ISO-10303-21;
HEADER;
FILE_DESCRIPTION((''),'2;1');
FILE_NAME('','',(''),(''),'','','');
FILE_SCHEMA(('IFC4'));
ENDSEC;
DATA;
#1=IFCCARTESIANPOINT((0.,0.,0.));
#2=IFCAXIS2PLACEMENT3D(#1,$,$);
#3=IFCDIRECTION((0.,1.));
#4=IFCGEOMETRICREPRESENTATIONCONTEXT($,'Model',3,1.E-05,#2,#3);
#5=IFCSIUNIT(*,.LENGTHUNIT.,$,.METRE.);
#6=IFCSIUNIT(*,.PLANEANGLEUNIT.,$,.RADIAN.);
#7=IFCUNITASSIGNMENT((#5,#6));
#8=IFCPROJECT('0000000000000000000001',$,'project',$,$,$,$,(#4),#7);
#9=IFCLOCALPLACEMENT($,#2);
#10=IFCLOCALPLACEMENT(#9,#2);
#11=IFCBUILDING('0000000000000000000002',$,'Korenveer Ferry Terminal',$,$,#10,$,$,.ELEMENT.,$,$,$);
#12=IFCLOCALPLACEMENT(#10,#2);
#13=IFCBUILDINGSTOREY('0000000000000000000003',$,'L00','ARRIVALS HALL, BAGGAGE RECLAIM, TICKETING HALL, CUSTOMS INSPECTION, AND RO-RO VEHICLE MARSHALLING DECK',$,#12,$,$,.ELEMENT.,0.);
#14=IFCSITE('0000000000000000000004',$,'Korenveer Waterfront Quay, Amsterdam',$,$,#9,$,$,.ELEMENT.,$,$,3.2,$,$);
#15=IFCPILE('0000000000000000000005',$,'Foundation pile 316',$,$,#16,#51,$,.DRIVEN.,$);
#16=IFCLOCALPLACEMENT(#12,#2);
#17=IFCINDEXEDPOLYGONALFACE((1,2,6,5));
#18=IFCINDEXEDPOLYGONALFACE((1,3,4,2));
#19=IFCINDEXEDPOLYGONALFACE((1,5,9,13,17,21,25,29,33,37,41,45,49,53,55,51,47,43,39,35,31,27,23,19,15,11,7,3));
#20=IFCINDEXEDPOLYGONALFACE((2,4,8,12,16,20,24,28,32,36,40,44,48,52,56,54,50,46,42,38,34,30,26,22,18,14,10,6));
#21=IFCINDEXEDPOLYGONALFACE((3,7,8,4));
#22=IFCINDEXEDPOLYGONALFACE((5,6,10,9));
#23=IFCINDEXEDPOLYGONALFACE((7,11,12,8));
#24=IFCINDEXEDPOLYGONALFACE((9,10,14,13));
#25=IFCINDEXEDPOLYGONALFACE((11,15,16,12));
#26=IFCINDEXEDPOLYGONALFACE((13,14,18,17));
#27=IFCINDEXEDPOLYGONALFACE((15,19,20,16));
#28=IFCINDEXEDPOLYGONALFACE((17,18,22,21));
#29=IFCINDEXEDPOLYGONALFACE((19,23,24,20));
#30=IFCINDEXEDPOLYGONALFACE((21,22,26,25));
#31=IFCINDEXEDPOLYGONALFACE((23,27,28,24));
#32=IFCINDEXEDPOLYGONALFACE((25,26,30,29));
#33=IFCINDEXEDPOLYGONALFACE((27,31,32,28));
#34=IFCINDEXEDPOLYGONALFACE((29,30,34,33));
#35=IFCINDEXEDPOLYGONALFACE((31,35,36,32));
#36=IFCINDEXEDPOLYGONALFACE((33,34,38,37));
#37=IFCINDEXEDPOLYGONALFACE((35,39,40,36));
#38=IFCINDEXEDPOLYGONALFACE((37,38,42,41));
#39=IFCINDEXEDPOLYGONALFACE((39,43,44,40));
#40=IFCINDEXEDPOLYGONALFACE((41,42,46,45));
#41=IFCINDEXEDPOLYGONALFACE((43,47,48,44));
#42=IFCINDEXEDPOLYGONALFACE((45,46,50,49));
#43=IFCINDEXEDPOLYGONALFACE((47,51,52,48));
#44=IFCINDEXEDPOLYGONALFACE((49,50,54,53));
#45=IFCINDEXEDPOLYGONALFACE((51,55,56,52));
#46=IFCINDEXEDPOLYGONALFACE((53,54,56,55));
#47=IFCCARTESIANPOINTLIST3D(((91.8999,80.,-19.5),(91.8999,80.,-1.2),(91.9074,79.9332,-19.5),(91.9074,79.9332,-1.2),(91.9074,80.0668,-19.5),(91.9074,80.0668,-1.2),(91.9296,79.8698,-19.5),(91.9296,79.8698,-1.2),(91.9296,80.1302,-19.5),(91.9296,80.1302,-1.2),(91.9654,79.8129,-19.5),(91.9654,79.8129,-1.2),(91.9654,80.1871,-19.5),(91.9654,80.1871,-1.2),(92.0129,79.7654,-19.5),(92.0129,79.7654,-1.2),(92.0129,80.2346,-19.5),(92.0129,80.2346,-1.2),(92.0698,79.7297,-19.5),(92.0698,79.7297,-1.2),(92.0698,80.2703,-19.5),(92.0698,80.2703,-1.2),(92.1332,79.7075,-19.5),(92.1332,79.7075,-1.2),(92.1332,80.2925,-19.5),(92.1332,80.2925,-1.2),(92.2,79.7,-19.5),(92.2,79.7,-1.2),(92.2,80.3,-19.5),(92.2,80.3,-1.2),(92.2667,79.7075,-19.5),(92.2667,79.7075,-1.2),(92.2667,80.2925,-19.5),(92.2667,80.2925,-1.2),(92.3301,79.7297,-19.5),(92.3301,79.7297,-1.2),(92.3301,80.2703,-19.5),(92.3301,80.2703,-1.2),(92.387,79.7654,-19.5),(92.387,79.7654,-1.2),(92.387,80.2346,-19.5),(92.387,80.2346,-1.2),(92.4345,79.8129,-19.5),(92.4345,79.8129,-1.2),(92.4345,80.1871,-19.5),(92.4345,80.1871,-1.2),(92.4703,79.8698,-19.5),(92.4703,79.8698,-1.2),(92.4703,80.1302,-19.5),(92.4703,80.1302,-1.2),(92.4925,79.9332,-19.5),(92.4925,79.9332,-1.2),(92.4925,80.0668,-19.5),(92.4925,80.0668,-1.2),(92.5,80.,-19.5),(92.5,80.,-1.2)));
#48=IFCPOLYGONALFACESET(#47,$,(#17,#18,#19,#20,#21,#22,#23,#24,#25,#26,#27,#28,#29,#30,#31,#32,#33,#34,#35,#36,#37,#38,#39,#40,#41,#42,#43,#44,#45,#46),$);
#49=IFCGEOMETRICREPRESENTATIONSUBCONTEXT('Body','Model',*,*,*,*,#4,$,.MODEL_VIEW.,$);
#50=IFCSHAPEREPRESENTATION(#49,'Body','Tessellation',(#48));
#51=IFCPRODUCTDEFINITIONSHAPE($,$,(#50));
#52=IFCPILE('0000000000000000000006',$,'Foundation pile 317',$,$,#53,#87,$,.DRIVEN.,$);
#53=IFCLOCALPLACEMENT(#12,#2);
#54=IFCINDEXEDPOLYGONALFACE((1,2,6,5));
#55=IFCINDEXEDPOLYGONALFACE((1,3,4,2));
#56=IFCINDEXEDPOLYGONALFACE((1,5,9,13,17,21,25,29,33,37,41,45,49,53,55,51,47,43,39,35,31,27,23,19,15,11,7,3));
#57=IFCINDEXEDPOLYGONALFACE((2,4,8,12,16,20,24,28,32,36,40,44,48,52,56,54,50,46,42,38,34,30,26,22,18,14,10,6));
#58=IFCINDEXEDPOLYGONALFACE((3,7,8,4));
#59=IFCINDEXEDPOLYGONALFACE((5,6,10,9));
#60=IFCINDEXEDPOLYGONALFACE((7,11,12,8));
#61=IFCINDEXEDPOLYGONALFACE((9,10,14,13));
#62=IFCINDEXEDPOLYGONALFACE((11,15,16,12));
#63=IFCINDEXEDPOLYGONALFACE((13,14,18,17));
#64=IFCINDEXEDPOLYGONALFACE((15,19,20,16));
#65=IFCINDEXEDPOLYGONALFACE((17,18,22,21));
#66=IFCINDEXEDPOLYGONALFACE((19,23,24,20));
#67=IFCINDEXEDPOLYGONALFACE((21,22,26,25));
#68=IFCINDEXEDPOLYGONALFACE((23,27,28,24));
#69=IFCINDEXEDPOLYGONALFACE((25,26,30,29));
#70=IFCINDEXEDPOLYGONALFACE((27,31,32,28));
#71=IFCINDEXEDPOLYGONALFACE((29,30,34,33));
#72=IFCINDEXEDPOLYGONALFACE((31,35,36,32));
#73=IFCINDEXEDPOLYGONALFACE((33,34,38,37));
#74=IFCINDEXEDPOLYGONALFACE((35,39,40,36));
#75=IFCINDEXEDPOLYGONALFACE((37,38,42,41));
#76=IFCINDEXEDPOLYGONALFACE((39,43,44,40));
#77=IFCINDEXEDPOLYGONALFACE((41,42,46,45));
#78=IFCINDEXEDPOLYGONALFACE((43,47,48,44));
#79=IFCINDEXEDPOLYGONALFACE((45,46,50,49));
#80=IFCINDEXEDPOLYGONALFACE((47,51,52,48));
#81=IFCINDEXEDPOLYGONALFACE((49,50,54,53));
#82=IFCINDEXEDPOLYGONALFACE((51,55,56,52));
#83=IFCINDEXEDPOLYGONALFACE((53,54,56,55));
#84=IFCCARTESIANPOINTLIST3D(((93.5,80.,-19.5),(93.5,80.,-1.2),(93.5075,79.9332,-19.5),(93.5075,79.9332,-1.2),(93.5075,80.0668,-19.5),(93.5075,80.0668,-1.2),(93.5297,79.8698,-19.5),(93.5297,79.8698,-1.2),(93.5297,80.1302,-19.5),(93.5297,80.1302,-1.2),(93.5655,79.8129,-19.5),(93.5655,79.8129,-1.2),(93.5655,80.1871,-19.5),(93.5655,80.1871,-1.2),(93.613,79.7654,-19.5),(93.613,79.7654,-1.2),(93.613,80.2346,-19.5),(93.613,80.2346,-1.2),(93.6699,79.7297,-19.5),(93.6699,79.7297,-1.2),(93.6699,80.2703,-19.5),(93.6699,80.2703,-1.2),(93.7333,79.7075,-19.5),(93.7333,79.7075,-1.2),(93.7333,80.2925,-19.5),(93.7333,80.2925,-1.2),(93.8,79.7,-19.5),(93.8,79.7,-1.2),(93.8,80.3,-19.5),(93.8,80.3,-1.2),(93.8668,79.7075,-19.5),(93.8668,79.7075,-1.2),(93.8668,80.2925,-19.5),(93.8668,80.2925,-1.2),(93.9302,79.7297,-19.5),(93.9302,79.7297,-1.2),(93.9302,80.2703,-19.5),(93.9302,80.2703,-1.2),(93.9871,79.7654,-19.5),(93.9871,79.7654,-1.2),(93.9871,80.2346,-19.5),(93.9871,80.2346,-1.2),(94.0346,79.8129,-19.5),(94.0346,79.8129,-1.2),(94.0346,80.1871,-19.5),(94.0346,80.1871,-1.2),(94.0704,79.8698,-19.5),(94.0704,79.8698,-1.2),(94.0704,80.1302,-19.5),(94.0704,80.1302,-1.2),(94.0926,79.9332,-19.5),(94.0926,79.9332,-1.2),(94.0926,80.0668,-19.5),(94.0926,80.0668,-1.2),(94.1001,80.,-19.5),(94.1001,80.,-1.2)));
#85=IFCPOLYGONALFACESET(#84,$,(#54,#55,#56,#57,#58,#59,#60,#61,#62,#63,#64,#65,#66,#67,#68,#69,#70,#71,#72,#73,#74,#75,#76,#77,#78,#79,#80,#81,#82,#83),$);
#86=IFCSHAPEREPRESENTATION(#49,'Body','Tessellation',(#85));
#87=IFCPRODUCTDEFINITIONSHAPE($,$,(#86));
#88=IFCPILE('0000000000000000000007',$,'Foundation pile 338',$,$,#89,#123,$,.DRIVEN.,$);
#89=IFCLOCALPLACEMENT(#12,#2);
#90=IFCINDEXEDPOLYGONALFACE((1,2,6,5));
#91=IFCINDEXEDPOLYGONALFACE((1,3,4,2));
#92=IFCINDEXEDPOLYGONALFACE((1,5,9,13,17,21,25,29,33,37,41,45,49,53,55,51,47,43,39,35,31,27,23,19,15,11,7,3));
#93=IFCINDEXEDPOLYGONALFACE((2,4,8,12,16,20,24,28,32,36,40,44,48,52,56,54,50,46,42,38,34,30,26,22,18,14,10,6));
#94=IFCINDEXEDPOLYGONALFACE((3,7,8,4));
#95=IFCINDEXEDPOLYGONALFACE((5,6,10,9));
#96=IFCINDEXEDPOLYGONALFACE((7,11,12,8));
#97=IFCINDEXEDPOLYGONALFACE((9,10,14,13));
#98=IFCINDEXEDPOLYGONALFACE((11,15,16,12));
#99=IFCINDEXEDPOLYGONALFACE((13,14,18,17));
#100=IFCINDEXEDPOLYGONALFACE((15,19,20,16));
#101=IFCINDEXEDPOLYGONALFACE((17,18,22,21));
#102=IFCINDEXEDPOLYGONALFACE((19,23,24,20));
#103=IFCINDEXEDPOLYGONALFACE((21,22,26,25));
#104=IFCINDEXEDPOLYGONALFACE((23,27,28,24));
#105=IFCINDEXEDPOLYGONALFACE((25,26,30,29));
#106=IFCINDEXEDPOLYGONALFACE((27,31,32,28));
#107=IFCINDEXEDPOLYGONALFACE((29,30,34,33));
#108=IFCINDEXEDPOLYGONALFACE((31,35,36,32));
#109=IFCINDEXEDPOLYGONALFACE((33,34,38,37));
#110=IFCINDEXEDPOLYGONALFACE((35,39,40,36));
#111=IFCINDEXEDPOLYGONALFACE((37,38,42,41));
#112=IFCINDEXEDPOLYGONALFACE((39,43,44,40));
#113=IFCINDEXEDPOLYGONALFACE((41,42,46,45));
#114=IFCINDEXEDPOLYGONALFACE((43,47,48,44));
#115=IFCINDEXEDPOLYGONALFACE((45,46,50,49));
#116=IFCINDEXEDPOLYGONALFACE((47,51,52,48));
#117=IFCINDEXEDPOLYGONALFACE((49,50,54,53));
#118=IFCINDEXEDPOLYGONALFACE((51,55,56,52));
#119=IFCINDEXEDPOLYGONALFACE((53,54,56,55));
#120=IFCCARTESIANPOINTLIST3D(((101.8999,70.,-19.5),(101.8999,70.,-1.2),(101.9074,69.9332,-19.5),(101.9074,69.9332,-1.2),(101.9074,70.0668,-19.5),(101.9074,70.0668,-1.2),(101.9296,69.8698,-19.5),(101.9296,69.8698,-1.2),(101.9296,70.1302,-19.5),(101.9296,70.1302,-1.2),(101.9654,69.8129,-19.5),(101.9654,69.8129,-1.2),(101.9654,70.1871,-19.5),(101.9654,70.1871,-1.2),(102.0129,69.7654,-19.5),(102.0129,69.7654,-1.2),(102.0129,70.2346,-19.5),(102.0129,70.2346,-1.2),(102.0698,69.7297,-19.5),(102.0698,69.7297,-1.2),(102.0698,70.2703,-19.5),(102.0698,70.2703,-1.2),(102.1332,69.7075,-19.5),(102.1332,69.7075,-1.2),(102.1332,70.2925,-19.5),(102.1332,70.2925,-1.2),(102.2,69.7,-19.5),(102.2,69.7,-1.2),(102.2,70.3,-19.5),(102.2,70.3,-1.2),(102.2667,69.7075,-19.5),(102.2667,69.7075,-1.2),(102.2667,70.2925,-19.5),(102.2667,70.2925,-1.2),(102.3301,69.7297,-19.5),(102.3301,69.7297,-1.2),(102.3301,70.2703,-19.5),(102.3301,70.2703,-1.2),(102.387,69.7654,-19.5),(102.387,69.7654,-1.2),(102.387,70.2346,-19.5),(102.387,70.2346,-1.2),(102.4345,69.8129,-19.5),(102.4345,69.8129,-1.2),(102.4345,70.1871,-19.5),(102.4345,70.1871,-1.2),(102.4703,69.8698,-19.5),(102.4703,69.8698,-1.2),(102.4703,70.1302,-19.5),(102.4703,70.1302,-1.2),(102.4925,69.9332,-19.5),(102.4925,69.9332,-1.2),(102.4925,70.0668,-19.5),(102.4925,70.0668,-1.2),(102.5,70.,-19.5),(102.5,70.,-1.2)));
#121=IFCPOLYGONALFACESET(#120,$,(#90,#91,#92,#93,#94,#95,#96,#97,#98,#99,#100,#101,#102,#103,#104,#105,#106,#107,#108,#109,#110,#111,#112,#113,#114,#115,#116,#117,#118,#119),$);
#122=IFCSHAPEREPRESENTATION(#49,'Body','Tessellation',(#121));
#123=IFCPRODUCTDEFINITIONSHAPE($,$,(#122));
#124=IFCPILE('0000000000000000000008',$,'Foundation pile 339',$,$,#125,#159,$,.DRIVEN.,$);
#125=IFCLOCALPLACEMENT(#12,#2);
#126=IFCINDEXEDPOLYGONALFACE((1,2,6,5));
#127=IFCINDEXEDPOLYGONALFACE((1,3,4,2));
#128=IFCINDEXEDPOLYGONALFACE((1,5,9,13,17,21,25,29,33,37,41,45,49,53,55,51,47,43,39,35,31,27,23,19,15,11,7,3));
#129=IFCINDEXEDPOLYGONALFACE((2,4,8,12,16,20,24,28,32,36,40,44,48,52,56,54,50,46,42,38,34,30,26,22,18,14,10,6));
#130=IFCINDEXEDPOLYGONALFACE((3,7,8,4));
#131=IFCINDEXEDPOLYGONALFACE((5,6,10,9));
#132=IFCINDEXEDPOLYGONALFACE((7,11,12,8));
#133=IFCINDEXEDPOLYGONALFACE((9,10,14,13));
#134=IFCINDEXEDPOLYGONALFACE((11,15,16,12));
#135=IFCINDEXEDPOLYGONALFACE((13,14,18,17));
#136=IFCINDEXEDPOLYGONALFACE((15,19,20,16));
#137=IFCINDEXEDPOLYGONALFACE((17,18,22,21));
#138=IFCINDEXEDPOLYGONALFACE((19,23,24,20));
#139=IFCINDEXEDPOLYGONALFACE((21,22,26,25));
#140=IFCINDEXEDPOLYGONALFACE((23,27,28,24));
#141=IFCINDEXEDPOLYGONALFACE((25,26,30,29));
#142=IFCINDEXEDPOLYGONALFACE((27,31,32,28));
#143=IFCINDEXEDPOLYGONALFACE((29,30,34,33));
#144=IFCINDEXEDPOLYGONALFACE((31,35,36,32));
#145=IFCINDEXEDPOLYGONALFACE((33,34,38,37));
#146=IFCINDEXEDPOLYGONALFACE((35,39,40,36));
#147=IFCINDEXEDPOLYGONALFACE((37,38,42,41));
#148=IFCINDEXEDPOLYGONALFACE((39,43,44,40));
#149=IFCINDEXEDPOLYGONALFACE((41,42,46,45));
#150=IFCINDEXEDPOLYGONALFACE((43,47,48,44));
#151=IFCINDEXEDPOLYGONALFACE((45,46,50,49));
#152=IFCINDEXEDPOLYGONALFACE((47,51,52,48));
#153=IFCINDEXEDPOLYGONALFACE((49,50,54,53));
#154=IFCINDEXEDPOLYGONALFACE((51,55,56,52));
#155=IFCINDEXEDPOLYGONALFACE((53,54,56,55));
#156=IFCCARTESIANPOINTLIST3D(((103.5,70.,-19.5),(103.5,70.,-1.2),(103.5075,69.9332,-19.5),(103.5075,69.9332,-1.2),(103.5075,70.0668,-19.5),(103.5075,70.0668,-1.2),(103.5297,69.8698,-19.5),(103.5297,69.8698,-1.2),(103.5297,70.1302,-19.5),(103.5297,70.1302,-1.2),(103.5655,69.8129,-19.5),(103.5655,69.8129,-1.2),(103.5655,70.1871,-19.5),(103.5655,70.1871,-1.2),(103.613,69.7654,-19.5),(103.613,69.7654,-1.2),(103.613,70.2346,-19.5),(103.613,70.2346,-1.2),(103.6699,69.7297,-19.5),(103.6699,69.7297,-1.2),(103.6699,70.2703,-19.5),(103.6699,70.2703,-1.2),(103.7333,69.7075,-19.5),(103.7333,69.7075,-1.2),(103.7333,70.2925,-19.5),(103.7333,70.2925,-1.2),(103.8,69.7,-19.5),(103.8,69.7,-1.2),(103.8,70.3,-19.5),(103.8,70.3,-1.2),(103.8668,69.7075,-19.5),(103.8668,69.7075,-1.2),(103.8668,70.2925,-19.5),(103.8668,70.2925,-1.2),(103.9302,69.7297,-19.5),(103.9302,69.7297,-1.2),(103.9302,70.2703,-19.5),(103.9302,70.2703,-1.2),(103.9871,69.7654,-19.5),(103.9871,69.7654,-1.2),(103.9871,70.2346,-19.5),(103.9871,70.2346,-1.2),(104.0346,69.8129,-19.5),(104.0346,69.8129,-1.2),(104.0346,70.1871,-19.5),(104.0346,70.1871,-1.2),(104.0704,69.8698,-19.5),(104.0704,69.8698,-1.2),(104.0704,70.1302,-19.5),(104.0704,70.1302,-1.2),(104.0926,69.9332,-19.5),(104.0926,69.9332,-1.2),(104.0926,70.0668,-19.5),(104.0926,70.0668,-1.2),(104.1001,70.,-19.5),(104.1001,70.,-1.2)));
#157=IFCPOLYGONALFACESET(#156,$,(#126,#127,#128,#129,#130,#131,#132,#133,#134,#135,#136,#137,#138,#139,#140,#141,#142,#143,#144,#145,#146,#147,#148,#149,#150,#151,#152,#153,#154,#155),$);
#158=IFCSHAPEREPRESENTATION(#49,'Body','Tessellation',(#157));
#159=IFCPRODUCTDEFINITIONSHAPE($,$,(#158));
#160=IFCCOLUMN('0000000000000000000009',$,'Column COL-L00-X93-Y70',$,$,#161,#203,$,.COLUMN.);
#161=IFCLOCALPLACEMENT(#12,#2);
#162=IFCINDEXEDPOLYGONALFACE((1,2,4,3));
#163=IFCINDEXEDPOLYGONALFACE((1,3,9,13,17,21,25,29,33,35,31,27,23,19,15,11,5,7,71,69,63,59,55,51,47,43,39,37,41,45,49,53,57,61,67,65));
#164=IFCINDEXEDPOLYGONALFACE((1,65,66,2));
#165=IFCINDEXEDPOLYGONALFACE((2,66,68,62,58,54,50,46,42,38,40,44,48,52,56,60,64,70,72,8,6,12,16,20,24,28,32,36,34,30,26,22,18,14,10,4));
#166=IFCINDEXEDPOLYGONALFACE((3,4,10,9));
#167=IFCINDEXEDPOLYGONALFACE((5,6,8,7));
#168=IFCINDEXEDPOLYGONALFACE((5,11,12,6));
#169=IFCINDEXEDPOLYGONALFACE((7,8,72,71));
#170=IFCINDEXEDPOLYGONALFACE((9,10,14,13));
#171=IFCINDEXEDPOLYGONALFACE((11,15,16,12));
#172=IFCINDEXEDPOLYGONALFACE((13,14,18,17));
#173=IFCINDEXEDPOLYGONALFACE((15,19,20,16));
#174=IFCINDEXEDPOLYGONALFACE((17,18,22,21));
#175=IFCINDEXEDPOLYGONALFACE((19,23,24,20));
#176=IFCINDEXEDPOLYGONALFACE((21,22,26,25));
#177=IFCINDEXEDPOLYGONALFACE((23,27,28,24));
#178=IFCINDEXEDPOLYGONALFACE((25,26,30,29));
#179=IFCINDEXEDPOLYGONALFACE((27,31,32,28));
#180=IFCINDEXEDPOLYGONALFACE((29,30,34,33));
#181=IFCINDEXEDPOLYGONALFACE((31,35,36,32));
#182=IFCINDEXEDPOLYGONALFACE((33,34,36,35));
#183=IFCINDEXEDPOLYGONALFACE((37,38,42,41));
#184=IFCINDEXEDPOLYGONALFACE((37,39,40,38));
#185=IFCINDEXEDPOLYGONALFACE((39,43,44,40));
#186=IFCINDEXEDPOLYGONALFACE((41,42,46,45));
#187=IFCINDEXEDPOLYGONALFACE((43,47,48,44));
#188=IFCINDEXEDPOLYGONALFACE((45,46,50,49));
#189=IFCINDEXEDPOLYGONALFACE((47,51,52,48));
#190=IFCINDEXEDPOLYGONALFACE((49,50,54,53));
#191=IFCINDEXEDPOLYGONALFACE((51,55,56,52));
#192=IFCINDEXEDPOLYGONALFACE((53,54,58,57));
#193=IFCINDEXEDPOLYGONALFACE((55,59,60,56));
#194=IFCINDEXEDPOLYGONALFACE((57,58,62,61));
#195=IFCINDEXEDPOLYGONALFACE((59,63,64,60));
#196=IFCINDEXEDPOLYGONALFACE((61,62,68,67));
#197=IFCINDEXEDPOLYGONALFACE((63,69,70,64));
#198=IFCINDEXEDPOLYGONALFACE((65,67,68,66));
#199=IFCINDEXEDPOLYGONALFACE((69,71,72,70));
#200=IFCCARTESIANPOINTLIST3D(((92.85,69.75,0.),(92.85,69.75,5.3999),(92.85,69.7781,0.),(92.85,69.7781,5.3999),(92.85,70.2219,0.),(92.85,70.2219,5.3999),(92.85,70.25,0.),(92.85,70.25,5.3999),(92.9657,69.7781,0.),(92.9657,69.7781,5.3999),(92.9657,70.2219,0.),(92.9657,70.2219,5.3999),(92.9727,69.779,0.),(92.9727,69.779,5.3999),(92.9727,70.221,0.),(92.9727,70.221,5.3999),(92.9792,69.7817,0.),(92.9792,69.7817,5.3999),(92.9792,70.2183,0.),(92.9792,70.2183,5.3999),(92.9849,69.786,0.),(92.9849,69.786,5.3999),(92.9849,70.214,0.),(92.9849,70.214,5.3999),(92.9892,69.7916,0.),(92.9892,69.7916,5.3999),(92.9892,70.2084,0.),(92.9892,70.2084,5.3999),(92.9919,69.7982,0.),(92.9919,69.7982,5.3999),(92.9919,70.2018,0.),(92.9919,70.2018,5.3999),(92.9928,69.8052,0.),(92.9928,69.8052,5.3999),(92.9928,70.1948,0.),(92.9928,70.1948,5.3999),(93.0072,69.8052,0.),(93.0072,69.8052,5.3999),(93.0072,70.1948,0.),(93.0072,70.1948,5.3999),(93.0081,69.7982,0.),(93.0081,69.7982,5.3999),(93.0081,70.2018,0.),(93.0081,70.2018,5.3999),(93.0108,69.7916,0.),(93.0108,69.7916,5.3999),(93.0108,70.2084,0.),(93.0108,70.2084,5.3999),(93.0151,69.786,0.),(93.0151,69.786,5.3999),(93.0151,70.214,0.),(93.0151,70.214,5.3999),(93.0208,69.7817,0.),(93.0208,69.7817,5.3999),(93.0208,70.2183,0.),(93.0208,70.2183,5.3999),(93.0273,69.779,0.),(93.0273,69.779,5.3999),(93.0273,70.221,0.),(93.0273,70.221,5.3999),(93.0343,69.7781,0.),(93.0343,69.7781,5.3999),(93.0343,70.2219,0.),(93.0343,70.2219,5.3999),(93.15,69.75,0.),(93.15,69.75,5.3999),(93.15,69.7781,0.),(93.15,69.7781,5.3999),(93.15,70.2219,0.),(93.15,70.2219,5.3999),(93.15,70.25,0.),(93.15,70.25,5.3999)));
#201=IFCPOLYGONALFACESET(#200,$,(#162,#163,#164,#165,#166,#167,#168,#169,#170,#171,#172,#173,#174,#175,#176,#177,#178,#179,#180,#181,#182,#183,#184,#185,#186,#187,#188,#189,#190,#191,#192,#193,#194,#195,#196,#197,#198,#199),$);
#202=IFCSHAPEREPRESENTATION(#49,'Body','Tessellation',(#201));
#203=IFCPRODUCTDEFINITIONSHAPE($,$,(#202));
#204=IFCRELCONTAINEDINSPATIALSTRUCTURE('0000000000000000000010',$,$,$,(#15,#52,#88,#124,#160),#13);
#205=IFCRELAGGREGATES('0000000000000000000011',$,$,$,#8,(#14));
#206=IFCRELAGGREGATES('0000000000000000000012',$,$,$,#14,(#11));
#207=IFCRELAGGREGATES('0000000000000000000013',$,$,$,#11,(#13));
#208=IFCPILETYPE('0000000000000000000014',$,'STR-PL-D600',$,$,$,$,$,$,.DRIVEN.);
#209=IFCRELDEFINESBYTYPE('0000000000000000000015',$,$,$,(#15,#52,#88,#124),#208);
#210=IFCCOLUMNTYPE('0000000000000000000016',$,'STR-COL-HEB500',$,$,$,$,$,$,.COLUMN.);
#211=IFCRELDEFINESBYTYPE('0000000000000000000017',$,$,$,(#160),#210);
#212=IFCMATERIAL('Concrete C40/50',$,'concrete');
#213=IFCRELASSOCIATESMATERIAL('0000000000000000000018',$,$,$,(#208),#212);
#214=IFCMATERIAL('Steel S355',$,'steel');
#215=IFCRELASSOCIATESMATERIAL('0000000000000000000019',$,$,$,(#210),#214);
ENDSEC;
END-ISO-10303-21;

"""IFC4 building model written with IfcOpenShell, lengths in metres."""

from ifc_helpers import new_model, si_unit, direction, frame, origin, origin_2d, place, context, subcontext, project, spatial, circle, i_section, extrude, material, material_profile, profile_set, type_object, element, save


model = new_model("IFC4")

# Units and contexts
model_context = context("Model", 3, precision=1e-05, world=origin(), true_north=direction((0.0, 1.0)))
body_context = subcontext(model_context, "Body", "Model", "MODEL_VIEW")
ifc_project = project(units=[si_unit("LENGTHUNIT", "METRE"), si_unit("PLANEANGLEUNIT", "RADIAN")], contexts=[model_context])

# Site, building, storey
site_placement = place(None, origin())
site = spatial("IfcSite", under=ifc_project, at=site_placement, Name="Korenveer Waterfront Quay, Amsterdam", CompositionType="ELEMENT", RefElevation=3.2)
building_placement = place(site_placement, origin())
building = spatial("IfcBuilding", under=site, at=building_placement, Name="Korenveer Ferry Terminal", CompositionType="ELEMENT")
storey_placement = place(building_placement, origin())
storey = spatial("IfcBuildingStorey", under=building, at=storey_placement, Name="L00", Description="ARRIVALS HALL, BAGGAGE RECLAIM, TICKETING HALL, CUSTOMS INSPECTION, AND RO-RO VEHICLE MARSHALLING DECK", CompositionType="ELEMENT", Elevation=0.0)

# Shared definitions
ifc_material_1 = material(Name="Concrete C40/50", Category="concrete")

# Piles
ifc_material_profile_1 = material_profile(ifc_material_1, circle(Radius=0.3, at=origin_2d()), Name="PILE D600")
ifc_profile_set_1 = profile_set([ifc_material_profile_1], Name="Concrete C40/50")
pile_type = type_object("IfcPileType", Name="STR-PL-D600", PredefinedType="DRIVEN", material=ifc_profile_set_1)
for number, where, z_axis, x_axis, name in (
    (1, (92.2, 80.0, -1.2), (0.0, 0.0, -1.0), (1.0, 0.0, 0.0), "Foundation pile 316"),
    (2, (93.8, 80.0, -1.2), (0.0, 0.0, -1.0), (1.0, 0.0, 0.0), "Foundation pile 317"),
    (3, (102.2, 70.0, -1.2), (0.0, 0.0, -1.0), (1.0, 0.0, 0.0), "Foundation pile 338"),
    (4, (103.8, 70.0, -1.2), (0.0, 0.0, -1.0), (1.0, 0.0, 0.0), "Foundation pile 339"),
):
    element("IfcPile", number, at=place(storey_placement, frame(where, z_axis=z_axis, x_axis=x_axis)), inside=storey, type_object=pile_type, Name=name, PredefinedType="DRIVEN", context=body_context, shape_type="SweptSolid", body=[
        extrude(circle(Radius=0.3, at=origin_2d()), origin(), (0.0, 0.0, 1.0), 18.3),
    ])

# Column
ifc_material_2 = material(Name="Steel S355", Category="steel")
ifc_material_profile_2 = material_profile(ifc_material_2, i_section(OverallWidth=0.3, OverallDepth=0.5, WebThickness=0.0144, FlangeThickness=0.0281, FilletRadius=0.0271, at=origin_2d()), Name="HEB 500")
ifc_profile_set_2 = profile_set([ifc_material_profile_2], Name="Steel S355")
column_type = type_object("IfcColumnType", Name="STR-COL-HEB500", PredefinedType="COLUMN", material=ifc_profile_set_2)
for number, where, z_axis, x_axis, name in (
    (5, (93.0, 70.0, 0.0), (0.0, 0.0, 1.0), (1.0, 0.0, 0.0), "Column COL-L00-X93-Y70"),
):
    element("IfcColumn", number, at=place(storey_placement, frame(where, z_axis=z_axis, x_axis=x_axis)), inside=storey, type_object=column_type, Name=name, PredefinedType="COLUMN", context=body_context, shape_type="SweptSolid", body=[
        extrude(i_section(OverallWidth=0.3, OverallDepth=0.5, WebThickness=0.0144, FlangeThickness=0.0281, FilletRadius=0.0271, at=origin_2d()), origin(), (0.0, 0.0, 1.0), 5.3999),
    ])

save(model, "model.ifc")
